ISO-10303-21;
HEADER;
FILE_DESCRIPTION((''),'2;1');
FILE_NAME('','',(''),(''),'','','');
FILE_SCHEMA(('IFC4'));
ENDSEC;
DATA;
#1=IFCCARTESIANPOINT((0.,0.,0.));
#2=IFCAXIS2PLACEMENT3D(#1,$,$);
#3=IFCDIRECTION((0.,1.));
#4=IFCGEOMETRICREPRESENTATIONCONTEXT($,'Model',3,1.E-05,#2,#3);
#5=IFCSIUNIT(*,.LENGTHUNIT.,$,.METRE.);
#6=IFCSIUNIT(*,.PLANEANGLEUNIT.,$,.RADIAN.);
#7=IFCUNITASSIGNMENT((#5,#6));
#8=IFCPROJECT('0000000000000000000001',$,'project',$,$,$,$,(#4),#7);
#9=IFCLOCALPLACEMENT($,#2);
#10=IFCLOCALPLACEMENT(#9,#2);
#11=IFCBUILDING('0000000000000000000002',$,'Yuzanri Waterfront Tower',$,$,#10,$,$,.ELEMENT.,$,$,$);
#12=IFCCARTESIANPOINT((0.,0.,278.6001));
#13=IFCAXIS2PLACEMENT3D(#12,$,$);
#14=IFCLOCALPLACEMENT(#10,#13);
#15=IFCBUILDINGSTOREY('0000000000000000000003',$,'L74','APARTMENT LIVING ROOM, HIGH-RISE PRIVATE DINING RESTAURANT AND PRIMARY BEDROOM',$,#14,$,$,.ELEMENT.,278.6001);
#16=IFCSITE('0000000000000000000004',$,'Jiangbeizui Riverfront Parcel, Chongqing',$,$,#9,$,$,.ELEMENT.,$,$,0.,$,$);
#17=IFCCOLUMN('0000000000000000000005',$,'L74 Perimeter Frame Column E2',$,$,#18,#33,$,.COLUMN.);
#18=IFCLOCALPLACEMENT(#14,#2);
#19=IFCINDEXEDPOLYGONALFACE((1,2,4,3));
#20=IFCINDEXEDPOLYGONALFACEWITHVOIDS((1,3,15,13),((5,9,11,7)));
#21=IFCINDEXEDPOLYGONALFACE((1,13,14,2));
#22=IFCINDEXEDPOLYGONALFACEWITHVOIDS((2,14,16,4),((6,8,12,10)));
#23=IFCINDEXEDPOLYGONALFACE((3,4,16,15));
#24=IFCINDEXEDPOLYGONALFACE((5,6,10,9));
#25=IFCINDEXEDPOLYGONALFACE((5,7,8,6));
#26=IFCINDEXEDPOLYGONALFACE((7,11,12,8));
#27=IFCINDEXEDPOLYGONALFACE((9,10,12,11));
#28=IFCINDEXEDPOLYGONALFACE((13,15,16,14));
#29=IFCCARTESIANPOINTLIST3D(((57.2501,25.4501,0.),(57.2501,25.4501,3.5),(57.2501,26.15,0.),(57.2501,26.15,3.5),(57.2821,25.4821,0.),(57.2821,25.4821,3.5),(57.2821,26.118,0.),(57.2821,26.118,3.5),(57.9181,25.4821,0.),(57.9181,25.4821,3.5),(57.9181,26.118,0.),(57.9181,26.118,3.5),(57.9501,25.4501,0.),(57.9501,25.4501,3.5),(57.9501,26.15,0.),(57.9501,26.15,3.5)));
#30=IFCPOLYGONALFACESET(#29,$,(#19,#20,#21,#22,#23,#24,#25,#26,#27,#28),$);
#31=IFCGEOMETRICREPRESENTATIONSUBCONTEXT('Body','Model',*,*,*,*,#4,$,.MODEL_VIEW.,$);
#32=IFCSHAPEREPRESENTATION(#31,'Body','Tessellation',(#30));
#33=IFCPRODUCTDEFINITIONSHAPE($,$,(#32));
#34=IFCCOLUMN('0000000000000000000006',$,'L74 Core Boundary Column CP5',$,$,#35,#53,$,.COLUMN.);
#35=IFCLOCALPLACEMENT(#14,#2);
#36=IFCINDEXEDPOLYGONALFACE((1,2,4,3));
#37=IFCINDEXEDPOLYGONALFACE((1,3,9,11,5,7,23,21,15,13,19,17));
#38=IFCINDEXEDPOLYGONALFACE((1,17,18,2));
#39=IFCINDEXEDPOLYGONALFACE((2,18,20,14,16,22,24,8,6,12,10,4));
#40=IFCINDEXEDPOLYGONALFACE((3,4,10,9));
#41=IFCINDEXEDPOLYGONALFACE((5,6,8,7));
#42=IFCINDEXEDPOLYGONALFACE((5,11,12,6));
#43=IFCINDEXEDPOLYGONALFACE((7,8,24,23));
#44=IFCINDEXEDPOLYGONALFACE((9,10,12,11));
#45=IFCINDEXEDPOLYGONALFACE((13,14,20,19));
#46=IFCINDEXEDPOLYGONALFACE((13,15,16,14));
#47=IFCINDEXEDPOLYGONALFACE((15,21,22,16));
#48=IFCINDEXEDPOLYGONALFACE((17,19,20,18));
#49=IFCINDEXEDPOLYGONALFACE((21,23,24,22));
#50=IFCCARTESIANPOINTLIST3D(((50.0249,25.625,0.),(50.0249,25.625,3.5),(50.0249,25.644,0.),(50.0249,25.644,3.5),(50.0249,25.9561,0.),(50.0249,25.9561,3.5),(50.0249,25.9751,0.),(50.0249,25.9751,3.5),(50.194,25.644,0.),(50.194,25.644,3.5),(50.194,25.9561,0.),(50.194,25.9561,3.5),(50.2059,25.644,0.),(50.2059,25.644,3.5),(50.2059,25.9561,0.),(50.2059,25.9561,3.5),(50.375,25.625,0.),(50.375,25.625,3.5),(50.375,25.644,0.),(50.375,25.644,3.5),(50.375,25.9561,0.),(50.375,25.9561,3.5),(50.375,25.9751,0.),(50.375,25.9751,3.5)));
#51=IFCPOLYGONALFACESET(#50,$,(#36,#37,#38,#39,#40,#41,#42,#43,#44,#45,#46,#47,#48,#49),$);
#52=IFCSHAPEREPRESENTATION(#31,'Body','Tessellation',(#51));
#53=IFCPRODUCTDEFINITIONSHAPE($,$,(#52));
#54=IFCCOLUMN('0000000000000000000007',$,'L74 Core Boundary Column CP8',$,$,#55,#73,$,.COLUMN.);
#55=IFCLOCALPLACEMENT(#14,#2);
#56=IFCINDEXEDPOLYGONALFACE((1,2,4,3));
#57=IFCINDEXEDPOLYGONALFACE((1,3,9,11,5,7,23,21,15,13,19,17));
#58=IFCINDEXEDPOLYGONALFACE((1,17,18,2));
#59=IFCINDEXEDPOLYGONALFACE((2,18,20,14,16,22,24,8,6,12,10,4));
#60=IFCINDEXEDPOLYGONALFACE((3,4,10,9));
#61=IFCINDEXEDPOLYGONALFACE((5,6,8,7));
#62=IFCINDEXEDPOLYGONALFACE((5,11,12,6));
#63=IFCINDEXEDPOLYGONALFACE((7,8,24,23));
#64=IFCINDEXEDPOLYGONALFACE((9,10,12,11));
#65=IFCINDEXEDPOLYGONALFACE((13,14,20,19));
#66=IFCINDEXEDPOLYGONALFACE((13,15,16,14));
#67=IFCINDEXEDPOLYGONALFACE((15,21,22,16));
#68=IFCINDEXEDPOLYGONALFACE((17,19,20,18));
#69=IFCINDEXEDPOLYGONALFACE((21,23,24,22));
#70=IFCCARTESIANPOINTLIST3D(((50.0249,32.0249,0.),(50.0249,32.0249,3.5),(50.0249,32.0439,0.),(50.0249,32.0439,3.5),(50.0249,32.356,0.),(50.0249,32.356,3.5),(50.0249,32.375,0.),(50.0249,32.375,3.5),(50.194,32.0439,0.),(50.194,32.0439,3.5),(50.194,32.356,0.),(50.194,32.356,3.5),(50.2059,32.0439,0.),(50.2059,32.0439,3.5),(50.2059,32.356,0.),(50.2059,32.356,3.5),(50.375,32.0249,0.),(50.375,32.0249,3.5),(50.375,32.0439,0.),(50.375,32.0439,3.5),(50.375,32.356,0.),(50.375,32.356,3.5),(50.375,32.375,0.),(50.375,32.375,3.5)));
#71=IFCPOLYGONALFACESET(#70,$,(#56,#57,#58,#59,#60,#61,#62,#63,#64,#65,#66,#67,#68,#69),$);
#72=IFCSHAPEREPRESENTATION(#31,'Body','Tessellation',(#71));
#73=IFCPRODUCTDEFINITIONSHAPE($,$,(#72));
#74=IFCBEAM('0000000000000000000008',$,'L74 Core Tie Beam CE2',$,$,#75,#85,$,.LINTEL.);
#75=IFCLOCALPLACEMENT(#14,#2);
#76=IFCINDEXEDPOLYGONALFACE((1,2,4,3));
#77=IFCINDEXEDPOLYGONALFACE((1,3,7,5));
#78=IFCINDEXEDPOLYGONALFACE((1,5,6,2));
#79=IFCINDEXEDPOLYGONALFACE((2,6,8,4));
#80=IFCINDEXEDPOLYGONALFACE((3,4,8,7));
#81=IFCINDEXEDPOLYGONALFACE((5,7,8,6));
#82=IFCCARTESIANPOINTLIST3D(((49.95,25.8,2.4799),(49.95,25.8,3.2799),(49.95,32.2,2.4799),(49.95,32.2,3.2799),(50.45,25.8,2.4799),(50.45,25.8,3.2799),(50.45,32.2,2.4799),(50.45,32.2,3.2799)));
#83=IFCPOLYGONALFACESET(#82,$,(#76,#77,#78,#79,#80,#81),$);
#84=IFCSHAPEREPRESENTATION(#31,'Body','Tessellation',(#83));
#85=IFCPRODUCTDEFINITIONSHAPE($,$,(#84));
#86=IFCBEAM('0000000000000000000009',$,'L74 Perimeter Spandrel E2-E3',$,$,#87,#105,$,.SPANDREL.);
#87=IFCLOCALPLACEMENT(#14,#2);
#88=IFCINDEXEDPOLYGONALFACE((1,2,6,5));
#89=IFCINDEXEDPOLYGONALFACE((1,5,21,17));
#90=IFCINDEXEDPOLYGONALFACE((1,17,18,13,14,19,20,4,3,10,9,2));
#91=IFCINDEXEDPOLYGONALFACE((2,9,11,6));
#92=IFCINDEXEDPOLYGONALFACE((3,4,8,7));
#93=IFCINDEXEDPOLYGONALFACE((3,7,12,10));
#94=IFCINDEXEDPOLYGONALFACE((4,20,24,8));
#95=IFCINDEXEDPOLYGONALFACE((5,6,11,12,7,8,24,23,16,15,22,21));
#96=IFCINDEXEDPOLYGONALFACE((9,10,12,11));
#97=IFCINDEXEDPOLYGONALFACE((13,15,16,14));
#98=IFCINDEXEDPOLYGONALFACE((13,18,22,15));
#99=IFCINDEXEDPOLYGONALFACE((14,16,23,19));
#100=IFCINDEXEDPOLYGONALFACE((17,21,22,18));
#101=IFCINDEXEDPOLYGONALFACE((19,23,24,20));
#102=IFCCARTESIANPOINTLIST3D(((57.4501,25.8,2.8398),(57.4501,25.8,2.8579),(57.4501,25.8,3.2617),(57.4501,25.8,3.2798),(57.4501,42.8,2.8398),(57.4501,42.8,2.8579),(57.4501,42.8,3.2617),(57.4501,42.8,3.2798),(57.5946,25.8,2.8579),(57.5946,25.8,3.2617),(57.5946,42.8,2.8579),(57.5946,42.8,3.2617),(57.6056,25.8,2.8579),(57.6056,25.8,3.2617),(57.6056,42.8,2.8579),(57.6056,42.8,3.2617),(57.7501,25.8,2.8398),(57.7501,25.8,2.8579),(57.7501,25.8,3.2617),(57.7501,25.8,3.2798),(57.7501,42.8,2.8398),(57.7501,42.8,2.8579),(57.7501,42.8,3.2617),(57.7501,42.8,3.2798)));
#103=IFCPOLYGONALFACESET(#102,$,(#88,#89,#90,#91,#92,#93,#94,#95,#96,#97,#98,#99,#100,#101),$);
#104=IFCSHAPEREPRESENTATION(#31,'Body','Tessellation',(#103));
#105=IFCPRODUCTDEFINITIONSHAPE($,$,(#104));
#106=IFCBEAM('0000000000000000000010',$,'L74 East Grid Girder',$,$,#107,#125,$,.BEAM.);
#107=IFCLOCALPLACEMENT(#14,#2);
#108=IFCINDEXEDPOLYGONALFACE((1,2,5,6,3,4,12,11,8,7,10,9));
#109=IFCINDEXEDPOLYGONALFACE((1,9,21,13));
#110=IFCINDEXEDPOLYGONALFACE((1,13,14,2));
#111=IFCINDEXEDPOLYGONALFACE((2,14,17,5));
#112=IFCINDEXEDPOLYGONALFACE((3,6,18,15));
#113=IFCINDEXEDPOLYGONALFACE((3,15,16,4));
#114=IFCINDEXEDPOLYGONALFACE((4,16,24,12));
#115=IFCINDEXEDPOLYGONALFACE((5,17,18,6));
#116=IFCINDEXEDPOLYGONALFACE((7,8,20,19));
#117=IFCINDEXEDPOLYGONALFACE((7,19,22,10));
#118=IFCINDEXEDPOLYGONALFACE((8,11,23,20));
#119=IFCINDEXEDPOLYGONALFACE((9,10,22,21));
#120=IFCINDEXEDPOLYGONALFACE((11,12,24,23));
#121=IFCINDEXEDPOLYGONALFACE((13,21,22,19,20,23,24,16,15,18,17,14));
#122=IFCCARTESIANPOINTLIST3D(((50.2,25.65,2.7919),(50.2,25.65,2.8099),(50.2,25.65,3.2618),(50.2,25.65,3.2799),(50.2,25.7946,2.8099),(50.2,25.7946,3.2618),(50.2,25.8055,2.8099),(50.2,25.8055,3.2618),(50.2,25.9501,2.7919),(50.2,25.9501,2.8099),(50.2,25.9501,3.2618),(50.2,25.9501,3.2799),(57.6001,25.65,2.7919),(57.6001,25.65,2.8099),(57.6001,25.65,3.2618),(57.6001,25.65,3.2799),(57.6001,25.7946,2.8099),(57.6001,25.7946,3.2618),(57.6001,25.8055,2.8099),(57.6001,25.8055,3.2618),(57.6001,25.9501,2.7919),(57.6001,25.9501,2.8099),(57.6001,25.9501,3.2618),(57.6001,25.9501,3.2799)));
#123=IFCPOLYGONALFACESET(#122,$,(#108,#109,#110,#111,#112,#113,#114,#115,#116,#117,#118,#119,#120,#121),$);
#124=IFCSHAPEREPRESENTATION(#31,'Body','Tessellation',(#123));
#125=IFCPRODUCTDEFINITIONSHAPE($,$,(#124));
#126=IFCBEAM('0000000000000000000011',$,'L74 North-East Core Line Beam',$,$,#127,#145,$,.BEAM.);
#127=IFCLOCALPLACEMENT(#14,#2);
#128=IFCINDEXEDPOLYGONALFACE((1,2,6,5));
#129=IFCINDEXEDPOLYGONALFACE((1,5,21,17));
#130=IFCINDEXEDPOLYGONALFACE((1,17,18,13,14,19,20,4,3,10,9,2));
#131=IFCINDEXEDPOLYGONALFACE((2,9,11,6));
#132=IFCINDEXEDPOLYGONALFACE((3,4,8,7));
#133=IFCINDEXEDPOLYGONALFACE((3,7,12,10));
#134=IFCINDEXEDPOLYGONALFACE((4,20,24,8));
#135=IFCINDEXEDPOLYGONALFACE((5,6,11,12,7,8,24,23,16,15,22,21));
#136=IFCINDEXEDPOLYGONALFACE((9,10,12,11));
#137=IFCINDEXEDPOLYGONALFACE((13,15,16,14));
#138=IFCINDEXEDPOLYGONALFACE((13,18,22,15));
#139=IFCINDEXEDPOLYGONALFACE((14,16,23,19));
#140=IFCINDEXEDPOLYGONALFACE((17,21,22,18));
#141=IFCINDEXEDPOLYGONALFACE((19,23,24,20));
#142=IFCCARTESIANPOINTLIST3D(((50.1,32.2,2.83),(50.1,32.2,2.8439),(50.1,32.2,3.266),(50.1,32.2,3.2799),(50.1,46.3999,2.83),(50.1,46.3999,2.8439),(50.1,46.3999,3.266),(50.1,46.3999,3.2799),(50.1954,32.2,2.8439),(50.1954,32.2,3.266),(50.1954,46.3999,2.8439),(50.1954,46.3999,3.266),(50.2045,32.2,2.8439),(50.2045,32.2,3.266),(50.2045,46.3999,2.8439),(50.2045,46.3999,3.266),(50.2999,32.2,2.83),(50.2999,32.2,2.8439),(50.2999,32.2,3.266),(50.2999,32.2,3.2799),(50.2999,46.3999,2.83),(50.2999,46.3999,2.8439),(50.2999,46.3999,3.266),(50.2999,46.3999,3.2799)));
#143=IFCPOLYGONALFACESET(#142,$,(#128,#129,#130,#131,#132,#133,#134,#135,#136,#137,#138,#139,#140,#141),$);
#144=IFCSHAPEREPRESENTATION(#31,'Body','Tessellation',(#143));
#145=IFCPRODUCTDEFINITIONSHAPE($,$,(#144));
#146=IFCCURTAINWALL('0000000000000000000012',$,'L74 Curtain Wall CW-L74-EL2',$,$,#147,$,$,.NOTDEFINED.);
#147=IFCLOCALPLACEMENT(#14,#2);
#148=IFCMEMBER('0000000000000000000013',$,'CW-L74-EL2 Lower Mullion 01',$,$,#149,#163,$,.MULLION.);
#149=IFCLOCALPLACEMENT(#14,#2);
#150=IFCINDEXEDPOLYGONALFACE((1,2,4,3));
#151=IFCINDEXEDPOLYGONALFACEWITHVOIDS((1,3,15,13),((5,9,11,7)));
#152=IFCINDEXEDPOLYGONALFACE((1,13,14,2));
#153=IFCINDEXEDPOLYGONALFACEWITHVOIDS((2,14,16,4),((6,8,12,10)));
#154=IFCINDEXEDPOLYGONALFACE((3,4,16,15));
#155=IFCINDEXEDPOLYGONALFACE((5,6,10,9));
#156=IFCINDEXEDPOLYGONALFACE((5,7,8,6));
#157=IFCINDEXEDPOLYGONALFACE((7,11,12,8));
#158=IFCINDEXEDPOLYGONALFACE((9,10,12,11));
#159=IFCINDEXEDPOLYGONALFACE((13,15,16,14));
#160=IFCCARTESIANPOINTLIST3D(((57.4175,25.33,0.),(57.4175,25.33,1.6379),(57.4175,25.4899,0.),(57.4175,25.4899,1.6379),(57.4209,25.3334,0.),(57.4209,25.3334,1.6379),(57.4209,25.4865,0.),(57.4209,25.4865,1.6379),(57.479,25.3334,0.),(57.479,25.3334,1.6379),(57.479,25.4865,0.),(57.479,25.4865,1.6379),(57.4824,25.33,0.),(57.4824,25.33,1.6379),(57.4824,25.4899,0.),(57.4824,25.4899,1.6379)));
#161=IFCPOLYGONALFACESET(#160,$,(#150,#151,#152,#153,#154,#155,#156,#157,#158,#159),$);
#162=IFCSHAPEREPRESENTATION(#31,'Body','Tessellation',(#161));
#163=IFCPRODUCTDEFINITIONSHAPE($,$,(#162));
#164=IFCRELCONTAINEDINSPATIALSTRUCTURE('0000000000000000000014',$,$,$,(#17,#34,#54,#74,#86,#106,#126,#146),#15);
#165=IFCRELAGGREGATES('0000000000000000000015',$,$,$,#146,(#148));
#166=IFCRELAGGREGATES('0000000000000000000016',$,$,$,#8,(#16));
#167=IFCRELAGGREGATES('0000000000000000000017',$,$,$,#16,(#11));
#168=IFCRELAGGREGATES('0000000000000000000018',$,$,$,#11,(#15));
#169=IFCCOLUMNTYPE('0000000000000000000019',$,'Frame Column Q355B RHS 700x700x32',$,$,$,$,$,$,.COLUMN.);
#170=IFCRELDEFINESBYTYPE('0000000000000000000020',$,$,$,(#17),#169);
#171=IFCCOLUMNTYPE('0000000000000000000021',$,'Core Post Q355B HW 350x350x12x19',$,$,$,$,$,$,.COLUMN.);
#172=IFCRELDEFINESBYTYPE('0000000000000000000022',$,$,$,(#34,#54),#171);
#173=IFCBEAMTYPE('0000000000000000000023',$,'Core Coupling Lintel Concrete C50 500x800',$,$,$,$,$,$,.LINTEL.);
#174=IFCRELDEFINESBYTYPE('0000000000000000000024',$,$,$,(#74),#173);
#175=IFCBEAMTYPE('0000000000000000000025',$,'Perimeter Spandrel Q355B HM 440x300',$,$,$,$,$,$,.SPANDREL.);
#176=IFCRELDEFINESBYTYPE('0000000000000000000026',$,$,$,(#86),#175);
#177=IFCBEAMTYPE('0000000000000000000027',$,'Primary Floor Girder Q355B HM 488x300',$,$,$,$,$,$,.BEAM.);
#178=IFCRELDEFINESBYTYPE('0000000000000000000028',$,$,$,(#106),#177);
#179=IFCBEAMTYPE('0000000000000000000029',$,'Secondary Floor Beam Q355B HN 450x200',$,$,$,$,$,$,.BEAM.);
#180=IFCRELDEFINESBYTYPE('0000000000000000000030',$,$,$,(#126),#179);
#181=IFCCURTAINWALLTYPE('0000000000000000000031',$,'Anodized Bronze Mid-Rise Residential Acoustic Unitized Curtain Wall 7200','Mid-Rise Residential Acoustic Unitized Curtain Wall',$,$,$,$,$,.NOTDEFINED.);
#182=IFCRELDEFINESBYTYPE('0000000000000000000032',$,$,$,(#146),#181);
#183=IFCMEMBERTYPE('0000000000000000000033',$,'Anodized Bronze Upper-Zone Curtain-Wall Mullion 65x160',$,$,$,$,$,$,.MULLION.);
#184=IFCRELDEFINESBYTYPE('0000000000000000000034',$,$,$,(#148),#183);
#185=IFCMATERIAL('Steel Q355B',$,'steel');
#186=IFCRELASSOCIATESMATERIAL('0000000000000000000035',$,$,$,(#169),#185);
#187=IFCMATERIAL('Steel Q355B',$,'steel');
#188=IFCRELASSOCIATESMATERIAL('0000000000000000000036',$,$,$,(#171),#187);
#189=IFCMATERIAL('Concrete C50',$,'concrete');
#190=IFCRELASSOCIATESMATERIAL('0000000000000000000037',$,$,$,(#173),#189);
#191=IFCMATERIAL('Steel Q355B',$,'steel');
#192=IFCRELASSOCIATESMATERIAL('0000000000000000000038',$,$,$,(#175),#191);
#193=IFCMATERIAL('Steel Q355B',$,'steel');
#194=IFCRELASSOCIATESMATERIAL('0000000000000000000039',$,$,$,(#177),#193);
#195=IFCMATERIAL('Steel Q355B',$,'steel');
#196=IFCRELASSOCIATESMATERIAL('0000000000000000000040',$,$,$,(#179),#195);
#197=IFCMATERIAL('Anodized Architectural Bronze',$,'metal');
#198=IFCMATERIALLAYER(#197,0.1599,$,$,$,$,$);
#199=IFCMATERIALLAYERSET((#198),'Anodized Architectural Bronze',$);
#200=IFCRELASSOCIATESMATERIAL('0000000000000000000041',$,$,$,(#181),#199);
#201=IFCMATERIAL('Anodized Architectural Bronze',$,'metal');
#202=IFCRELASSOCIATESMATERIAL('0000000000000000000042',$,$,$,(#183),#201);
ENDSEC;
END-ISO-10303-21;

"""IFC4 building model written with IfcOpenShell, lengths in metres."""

from ifc_helpers import new_model, si_unit, direction, frame, origin, origin_2d, place, context, subcontext, project, spatial, rectangle, hollow_rectangle, i_section, extrude, source, transform, mapped, material, layer, layer_set, material_profile, profile_set, type_object, element, aggregate, save


model = new_model("IFC4")

# Units and contexts
model_context = context("Model", 3, precision=1e-05, world=origin(), true_north=direction((0.0, 1.0)))
body_context = subcontext(model_context, "Body", "Model", "MODEL_VIEW")
ifc_project = project(units=[si_unit("LENGTHUNIT", "METRE"), si_unit("PLANEANGLEUNIT", "RADIAN")], contexts=[model_context])

# Site, building, storey
site_placement = place(None, origin())
site = spatial("IfcSite", under=ifc_project, at=site_placement, Name="Jiangbeizui Riverfront Parcel, Chongqing", CompositionType="ELEMENT", RefElevation=0.0)
building_placement = place(site_placement, origin())
building = spatial("IfcBuilding", under=site, at=building_placement, Name="Yuzanri Waterfront Tower", CompositionType="ELEMENT")
storey_placement = place(building_placement, frame((0.0, 0.0, 278.6001)))
storey = spatial("IfcBuildingStorey", under=building, at=storey_placement, Name="L74", Description="APARTMENT LIVING ROOM, HIGH-RISE PRIVATE DINING RESTAURANT AND PRIMARY BEDROOM", CompositionType="ELEMENT", Elevation=278.6001)

# Columns
ifc_material_1 = material(Name="Steel Q355B", Category="steel")
ifc_material_profile_1 = material_profile(ifc_material_1, hollow_rectangle(XDim=0.7, YDim=0.7, WallThickness=0.032, at=origin_2d()), Name="RHS 700x700x32")
ifc_profile_set_1 = profile_set([ifc_material_profile_1], Name="Steel Q355B")
column_type_1 = type_object("IfcColumnType", Name="Frame Column Q355B RHS 700x700x32", PredefinedType="COLUMN", material=ifc_profile_set_1)
shared_shape_1 = source(origin(), body_context, "Body", "SweptSolid", [
    extrude(hollow_rectangle(XDim=0.7, YDim=0.7, WallThickness=0.032, at=origin_2d()), origin(), (0.0, 0.0, 1.0), 3.5),
])
column_placement = place(storey_placement, frame((57.6001, 25.8, 0.0), z_axis=(0.0, 0.0, 1.0), x_axis=(1.0, 0.0, 0.0)))
element("IfcColumn", 1, at=column_placement, inside=storey, type_object=column_type_1, Name="L74 Perimeter Frame Column E2", PredefinedType="COLUMN", context=body_context, shape_type="MappedRepresentation", body=[
    mapped(shared_shape_1, transform((0.0, 0.0, 0.0), scale=1.0)),
])
ifc_material_2 = material(Name="Steel Q355B", Category="steel")
ifc_material_profile_2 = material_profile(ifc_material_2, i_section(OverallWidth=0.3501, OverallDepth=0.3501, WebThickness=0.012, FlangeThickness=0.019, at=origin_2d()), Name="HW 350x350x12x19")
ifc_profile_set_2 = profile_set([ifc_material_profile_2], Name="Steel Q355B")
column_type_2 = type_object("IfcColumnType", Name="Core Post Q355B HW 350x350x12x19", PredefinedType="COLUMN", material=ifc_profile_set_2)
shared_shape_2 = source(origin(), body_context, "Body", "SweptSolid", [
    extrude(i_section(OverallWidth=0.3501, OverallDepth=0.3501, WebThickness=0.012, FlangeThickness=0.019, at=origin_2d()), origin(), (0.0, 0.0, 1.0), 3.5),
])
for number, where, z_axis, x_axis, name in (
    (2, (50.2, 25.8, 0.0), (0.0, 0.0, 1.0), (1.0, 0.0, 0.0), "L74 Core Boundary Column CP5"),
    (3, (50.2, 32.2, 0.0), (0.0, 0.0, 1.0), (1.0, 0.0, 0.0), "L74 Core Boundary Column CP8"),
):
    element("IfcColumn", number, at=place(storey_placement, frame(where, z_axis=z_axis, x_axis=x_axis)), inside=storey, type_object=column_type_2, Name=name, PredefinedType="COLUMN", context=body_context, shape_type="MappedRepresentation", body=[
        mapped(shared_shape_2, transform((0.0, 0.0, 0.0), scale=1.0)),
    ])

# Beams
ifc_material_3 = material(Name="Concrete C50", Category="concrete")
ifc_material_profile_3 = material_profile(ifc_material_3, rectangle(XDim=0.5, YDim=0.8, at=origin_2d()), Name="RC 500x800")
ifc_profile_set_3 = profile_set([ifc_material_profile_3], Name="Concrete C50")
beam_type_1 = type_object("IfcBeamType", Name="Core Coupling Lintel Concrete C50 500x800", PredefinedType="LINTEL", material=ifc_profile_set_3)
shared_shape_3 = source(origin(), body_context, "Body", "SweptSolid", [
    extrude(rectangle(XDim=0.5, YDim=0.8, at=origin_2d()), origin(), (0.0, 0.0, 1.0), 6.3999),
])
beam_1_placement = place(storey_placement, frame((50.2, 25.8, 2.8799), z_axis=(0.0, 1.0, 0.0), x_axis=(-1.0, 0.0, 0.0)))
element("IfcBeam", 4, at=beam_1_placement, inside=storey, type_object=beam_type_1, Name="L74 Core Tie Beam CE2", PredefinedType="LINTEL", context=body_context, shape_type="MappedRepresentation", body=[
    mapped(shared_shape_3, transform((0.0, 0.0, 0.0), scale=1.0)),
])
ifc_material_4 = material(Name="Steel Q355B", Category="steel")
ifc_material_profile_4 = material_profile(ifc_material_4, i_section(OverallWidth=0.3, OverallDepth=0.4399, WebThickness=0.011, FlangeThickness=0.0181, at=origin_2d()), Name="HM 440x300x11x18")
ifc_profile_set_4 = profile_set([ifc_material_profile_4], Name="Steel Q355B")
beam_type_2 = type_object("IfcBeamType", Name="Perimeter Spandrel Q355B HM 440x300", PredefinedType="SPANDREL", material=ifc_profile_set_4)
shared_shape_4 = source(origin(), body_context, "Body", "SweptSolid", [
    extrude(i_section(OverallWidth=0.3, OverallDepth=0.4399, WebThickness=0.011, FlangeThickness=0.0181, at=origin_2d()), origin(), (0.0, 0.0, 1.0), 17.0),
])
beam_2_placement = place(storey_placement, frame((57.6001, 25.8, 3.0598), z_axis=(0.0, 1.0, 0.0), x_axis=(-1.0, 0.0, 0.0)))
element("IfcBeam", 5, at=beam_2_placement, inside=storey, type_object=beam_type_2, Name="L74 Perimeter Spandrel E2-E3", PredefinedType="SPANDREL", context=body_context, shape_type="MappedRepresentation", body=[
    mapped(shared_shape_4, transform((0.0, 0.0, 0.0), scale=1.0)),
])
ifc_material_5 = material(Name="Steel Q355B", Category="steel")
ifc_material_profile_5 = material_profile(ifc_material_5, i_section(OverallWidth=0.3, OverallDepth=0.488, WebThickness=0.011, FlangeThickness=0.0181, at=origin_2d()), Name="HM 488x300x11x18")
ifc_profile_set_5 = profile_set([ifc_material_profile_5], Name="Steel Q355B")
beam_type_3 = type_object("IfcBeamType", Name="Primary Floor Girder Q355B HM 488x300", PredefinedType="BEAM", material=ifc_profile_set_5)
shared_shape_5 = source(origin(), body_context, "Body", "SweptSolid", [
    extrude(i_section(OverallWidth=0.3, OverallDepth=0.488, WebThickness=0.011, FlangeThickness=0.0181, at=origin_2d()), origin(), (0.0, 0.0, 1.0), 7.4001),
])
beam_3_placement = place(storey_placement, frame((50.2, 25.8, 3.0359), z_axis=(1.0, 0.0, 0.0), x_axis=(0.0, 1.0, 0.0)))
element("IfcBeam", 6, at=beam_3_placement, inside=storey, type_object=beam_type_3, Name="L74 East Grid Girder", PredefinedType="BEAM", context=body_context, shape_type="MappedRepresentation", body=[
    mapped(shared_shape_5, transform((0.0, 0.0, 0.0), scale=1.0)),
])
ifc_material_6 = material(Name="Steel Q355B", Category="steel")
ifc_material_profile_6 = material_profile(ifc_material_6, i_section(OverallWidth=0.2, OverallDepth=0.45, WebThickness=0.009, FlangeThickness=0.0139, at=origin_2d()), Name="HN 450x200x9x14")
ifc_profile_set_6 = profile_set([ifc_material_profile_6], Name="Steel Q355B")
beam_type_4 = type_object("IfcBeamType", Name="Secondary Floor Beam Q355B HN 450x200", PredefinedType="BEAM", material=ifc_profile_set_6)
shared_shape_6 = source(origin(), body_context, "Body", "SweptSolid", [
    extrude(i_section(OverallWidth=0.2, OverallDepth=0.45, WebThickness=0.009, FlangeThickness=0.0139, at=origin_2d()), origin(), (0.0, 0.0, 1.0), 14.2),
])
beam_4_placement = place(storey_placement, frame((50.2, 32.2, 3.0549), z_axis=(0.0, 1.0, 0.0), x_axis=(-1.0, 0.0, 0.0)))
element("IfcBeam", 7, at=beam_4_placement, inside=storey, type_object=beam_type_4, Name="L74 North-East Core Line Beam", PredefinedType="BEAM", context=body_context, shape_type="MappedRepresentation", body=[
    mapped(shared_shape_6, transform((0.0, 0.0, 0.0), scale=1.0)),
])

# Curtain wall, member
ifc_material_7 = material(Name="Anodized Architectural Bronze", Category="metal")
ifc_layer_1 = layer(ifc_material_7, 0.1599)
ifc_layer_set_1 = layer_set([ifc_layer_1], Name="Anodized Architectural Bronze")
curtain_wall_type = type_object("IfcCurtainWallType", Name="Anodized Bronze Mid-Rise Residential Acoustic Unitized Curtain Wall 7200", Description="Mid-Rise Residential Acoustic Unitized Curtain Wall", PredefinedType="NOTDEFINED", material=ifc_layer_set_1)
curtain_wall_1_placement = place(storey_placement, origin())
curtain_wall_1 = element("IfcCurtainWall", 8, at=curtain_wall_1_placement, inside=storey, type_object=curtain_wall_type, Name="L74 Curtain Wall CW-L74-EL2", PredefinedType="NOTDEFINED")
ifc_material_8 = material(Name="Anodized Architectural Bronze", Category="metal")
ifc_material_profile_7 = material_profile(ifc_material_8, hollow_rectangle(XDim=0.0649, YDim=0.1599, WallThickness=0.0034, at=origin_2d()), Name="CWM 65x160")
ifc_profile_set_7 = profile_set([ifc_material_profile_7], Name="Anodized Architectural Bronze")
member_type_1 = type_object("IfcMemberType", Name="Anodized Bronze Upper-Zone Curtain-Wall Mullion 65x160", PredefinedType="MULLION", material=ifc_profile_set_7)
shared_shape_7 = source(origin(), body_context, "Body", "SweptSolid", [
    extrude(hollow_rectangle(XDim=0.0649, YDim=0.1599, WallThickness=0.0034, at=origin_2d()), origin(), (0.0, 0.0, 1.0), 1.6379),
])
member_1_placement = place(storey_placement, frame((57.45, 25.4099, 0.0), z_axis=(0.0, 0.0, 1.0), x_axis=(1.0, 0.0, 0.0)))
member_1 = element("IfcMember", 9, at=member_1_placement, type_object=member_type_1, Name="CW-L74-EL2 Lower Mullion 01", PredefinedType="MULLION", context=body_context, shape_type="MappedRepresentation", body=[
    mapped(shared_shape_7, transform((0.0, 0.0, 0.0), scale=1.0)),
])

aggregate(curtain_wall_1, [member_1])

save(model, "model.ifc")
